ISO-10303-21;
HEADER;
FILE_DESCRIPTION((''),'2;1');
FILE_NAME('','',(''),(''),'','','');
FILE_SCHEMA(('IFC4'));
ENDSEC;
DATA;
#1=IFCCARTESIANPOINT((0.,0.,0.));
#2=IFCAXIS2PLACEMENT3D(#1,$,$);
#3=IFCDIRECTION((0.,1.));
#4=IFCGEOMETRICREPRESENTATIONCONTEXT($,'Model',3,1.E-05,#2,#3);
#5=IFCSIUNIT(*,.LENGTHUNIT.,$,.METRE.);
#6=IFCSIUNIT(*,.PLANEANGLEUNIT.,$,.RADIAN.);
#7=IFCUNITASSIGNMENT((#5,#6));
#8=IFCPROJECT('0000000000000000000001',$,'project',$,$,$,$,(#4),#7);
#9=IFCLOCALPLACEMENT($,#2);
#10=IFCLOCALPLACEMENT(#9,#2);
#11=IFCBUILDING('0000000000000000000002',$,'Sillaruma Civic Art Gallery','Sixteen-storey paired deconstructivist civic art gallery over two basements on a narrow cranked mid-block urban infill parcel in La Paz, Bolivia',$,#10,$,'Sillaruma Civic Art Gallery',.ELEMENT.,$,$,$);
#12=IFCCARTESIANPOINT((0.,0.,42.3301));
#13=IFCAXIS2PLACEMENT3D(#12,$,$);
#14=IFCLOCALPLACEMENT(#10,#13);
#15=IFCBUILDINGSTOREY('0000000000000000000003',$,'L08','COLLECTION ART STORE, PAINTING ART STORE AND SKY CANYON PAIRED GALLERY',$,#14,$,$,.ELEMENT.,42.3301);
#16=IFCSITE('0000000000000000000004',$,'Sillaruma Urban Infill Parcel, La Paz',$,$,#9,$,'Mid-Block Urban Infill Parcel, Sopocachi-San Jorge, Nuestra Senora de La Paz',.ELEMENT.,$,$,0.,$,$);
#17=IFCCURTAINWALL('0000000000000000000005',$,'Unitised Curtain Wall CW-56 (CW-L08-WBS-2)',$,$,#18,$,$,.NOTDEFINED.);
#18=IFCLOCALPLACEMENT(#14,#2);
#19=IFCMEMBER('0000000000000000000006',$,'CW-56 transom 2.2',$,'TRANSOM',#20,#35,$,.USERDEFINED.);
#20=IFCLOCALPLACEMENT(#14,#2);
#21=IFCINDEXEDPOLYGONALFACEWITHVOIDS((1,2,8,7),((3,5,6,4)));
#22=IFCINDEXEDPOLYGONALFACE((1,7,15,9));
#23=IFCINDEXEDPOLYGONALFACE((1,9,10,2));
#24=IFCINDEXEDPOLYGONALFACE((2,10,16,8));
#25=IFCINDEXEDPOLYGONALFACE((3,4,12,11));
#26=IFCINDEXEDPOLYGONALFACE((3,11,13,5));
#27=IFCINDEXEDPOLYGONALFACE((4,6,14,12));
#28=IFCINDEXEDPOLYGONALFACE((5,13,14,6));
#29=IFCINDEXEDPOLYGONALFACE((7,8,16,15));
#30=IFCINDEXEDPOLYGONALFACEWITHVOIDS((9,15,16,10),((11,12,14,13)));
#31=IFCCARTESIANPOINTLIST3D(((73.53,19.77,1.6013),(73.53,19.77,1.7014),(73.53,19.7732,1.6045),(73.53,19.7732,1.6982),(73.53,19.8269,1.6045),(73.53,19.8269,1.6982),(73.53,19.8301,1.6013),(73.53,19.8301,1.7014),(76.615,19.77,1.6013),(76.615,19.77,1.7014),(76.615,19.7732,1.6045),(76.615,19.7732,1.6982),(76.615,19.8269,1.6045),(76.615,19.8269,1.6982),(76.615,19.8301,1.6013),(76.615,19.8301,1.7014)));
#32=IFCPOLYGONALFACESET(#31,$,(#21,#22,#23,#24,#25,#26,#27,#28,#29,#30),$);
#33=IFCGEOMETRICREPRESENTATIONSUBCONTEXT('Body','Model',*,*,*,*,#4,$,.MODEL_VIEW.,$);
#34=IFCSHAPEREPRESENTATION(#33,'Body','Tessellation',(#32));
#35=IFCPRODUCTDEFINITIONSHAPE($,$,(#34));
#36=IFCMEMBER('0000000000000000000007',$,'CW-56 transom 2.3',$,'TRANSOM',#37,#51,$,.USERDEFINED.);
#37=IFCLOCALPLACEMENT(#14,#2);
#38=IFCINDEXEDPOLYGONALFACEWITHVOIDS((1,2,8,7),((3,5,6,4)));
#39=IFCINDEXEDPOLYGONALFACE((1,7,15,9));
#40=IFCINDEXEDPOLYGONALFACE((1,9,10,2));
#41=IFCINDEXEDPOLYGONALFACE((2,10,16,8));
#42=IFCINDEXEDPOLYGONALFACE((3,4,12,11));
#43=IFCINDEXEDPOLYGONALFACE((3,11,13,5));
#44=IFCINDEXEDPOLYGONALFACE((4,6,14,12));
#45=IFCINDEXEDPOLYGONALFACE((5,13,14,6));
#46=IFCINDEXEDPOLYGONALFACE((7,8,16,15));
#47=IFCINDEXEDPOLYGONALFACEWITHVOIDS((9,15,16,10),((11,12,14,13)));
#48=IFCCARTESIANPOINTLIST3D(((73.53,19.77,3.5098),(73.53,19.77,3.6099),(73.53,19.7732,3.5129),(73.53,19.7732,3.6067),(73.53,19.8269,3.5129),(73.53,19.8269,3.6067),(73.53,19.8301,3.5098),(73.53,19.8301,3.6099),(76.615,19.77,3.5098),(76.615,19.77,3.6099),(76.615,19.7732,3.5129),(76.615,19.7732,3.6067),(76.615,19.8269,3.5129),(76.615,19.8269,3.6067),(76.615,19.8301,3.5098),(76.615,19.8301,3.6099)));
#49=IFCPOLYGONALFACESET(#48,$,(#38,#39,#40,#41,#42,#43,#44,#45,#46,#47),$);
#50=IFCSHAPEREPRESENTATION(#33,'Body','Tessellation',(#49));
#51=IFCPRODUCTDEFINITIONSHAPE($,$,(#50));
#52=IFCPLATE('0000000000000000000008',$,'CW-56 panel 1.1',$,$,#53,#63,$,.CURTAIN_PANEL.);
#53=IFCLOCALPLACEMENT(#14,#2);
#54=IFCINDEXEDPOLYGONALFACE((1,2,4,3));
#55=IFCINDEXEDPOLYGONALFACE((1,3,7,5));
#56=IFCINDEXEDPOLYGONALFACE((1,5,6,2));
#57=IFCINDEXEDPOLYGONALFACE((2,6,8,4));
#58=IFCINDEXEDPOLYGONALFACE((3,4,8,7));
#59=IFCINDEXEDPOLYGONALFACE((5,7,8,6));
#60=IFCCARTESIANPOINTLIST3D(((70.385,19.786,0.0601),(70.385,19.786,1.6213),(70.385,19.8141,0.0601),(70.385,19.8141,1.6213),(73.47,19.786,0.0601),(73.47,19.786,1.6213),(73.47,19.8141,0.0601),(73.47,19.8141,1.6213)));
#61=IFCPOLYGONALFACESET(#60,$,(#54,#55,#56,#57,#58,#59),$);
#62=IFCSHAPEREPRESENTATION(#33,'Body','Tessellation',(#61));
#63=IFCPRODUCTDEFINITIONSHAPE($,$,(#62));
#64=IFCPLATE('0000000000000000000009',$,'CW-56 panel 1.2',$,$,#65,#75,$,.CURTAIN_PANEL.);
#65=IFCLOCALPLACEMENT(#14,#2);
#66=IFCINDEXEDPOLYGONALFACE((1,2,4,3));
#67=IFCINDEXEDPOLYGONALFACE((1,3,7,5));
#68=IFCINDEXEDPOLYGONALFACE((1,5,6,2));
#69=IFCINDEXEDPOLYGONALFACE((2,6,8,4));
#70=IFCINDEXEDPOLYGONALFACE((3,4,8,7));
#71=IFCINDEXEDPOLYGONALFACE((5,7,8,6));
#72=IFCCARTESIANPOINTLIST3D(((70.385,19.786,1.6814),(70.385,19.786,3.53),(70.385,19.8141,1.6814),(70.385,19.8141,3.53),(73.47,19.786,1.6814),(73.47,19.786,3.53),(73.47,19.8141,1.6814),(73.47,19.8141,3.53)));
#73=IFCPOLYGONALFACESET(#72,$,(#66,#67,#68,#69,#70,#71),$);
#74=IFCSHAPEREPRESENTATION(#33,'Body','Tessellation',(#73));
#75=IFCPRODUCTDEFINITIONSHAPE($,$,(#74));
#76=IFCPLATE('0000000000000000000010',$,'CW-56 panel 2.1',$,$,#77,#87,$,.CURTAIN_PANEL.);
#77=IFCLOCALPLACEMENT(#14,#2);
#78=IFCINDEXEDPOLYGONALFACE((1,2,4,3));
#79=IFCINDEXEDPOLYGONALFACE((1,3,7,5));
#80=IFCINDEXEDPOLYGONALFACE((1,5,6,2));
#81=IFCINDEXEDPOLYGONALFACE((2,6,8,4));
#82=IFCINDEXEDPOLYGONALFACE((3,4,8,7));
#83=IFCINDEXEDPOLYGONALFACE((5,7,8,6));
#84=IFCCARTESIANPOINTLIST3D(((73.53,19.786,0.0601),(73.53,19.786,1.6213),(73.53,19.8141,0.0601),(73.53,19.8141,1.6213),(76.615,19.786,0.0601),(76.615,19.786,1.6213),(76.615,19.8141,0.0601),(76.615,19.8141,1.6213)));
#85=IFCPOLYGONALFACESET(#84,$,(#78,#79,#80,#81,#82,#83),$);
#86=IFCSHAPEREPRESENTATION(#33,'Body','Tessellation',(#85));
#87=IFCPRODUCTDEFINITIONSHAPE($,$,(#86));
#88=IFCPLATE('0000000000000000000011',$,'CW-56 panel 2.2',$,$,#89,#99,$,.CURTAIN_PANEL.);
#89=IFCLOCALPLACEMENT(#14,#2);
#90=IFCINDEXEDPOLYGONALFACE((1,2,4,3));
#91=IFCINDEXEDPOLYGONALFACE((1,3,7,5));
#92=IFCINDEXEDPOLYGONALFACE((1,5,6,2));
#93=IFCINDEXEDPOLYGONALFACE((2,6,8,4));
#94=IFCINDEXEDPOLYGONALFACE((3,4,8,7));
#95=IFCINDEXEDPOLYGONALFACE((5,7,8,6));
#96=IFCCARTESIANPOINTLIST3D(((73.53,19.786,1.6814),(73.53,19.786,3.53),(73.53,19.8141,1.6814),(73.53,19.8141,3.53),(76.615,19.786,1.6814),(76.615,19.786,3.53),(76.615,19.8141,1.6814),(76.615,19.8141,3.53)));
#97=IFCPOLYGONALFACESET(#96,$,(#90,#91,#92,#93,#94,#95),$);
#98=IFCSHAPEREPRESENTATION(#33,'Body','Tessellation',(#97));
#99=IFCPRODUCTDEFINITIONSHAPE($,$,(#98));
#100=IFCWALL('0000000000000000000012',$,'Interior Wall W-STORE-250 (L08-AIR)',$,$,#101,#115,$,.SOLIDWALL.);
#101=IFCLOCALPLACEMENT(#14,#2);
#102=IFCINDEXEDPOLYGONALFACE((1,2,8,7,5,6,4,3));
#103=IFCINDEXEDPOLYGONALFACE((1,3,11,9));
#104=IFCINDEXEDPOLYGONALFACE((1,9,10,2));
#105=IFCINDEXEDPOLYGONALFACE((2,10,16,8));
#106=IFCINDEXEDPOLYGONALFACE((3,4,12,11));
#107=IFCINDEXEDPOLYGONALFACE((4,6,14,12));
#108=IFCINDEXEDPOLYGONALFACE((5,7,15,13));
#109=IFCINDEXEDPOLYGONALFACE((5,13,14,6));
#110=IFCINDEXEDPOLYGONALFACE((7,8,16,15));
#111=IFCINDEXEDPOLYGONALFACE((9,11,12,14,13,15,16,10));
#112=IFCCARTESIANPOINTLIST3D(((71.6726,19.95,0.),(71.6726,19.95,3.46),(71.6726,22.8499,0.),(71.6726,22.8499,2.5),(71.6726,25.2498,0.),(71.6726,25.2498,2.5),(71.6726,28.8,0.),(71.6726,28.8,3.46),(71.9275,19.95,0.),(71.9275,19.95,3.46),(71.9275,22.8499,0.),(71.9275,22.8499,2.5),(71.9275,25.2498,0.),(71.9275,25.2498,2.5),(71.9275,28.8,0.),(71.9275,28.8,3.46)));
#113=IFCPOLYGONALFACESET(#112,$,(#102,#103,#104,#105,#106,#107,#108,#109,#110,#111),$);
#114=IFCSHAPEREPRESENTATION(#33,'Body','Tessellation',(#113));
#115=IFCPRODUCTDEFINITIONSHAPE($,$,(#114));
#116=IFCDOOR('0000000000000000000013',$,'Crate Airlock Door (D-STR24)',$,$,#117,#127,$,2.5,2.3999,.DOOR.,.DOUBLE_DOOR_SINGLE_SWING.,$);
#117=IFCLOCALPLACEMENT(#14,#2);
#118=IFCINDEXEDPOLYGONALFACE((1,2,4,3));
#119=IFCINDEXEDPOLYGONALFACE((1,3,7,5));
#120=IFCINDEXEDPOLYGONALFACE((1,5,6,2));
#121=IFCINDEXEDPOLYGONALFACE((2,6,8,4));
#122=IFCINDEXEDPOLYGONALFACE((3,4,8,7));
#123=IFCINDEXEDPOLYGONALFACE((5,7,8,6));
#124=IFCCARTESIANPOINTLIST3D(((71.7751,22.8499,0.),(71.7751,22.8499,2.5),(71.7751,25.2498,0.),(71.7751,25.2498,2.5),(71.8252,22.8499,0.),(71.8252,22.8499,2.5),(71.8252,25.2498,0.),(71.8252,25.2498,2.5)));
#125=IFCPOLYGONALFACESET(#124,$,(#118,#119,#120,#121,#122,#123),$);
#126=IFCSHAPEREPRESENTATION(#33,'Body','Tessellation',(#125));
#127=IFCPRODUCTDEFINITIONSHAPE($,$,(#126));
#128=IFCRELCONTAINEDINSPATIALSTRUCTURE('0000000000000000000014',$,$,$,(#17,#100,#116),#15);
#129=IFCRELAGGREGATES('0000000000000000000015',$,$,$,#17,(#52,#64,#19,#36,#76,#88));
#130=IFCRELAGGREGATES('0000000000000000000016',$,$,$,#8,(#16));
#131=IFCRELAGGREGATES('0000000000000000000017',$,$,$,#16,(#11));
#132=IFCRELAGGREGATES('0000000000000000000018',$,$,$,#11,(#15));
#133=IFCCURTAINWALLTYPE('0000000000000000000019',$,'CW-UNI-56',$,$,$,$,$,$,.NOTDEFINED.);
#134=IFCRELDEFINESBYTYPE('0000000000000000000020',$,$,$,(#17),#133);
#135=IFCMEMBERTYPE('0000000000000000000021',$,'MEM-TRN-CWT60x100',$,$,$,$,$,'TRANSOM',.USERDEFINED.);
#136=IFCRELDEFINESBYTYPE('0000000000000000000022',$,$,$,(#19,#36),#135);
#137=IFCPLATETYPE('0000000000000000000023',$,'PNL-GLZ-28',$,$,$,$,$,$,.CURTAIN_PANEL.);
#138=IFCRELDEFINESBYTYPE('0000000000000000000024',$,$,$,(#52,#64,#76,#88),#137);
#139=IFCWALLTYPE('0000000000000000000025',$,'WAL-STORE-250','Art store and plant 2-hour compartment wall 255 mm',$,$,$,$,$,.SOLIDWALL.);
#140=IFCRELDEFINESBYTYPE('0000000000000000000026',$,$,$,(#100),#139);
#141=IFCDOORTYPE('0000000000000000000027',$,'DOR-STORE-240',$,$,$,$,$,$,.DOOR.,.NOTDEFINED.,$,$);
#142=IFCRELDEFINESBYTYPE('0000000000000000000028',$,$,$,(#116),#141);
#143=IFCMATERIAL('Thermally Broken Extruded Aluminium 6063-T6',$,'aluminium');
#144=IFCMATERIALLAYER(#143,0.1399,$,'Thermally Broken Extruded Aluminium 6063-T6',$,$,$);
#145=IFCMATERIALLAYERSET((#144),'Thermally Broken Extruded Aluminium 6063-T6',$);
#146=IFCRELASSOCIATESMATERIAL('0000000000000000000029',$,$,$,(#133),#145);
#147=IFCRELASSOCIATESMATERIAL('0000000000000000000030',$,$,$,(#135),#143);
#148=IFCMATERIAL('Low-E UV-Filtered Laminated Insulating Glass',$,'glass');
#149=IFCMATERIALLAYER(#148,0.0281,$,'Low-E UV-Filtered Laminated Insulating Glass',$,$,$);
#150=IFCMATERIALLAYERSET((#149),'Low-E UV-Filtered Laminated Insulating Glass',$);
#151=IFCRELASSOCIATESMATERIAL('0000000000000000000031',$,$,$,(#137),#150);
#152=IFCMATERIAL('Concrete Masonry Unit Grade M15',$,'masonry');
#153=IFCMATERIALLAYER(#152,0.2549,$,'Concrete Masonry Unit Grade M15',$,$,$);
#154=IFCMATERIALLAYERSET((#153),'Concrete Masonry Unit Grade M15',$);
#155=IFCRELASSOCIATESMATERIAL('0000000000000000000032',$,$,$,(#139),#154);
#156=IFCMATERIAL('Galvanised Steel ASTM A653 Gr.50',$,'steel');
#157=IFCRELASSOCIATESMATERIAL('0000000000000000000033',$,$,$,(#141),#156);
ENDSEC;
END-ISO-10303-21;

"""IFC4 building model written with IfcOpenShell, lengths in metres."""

from ifc_helpers import new_model, si_unit, direction, frame, frame_2d, origin, origin_2d, place, context, subcontext, project, spatial, rectangle, hollow_rectangle, extrude, material, layer, layer_set, material_profile, profile_set, type_object, element, fill, aggregate, save


model = new_model("IFC4")

# Units and contexts
model_context = context("Model", 3, precision=1e-05, world=origin(), true_north=direction((0.0, 1.0)))
body_context = subcontext(model_context, "Body", "Model", "MODEL_VIEW")
ifc_project = project(units=[si_unit("LENGTHUNIT", "METRE"), si_unit("PLANEANGLEUNIT", "RADIAN")], contexts=[model_context])

# Site, building, storey
site_placement = place(None, origin())
site = spatial("IfcSite", under=ifc_project, at=site_placement, Name="Sillaruma Urban Infill Parcel, La Paz", LongName="Mid-Block Urban Infill Parcel, Sopocachi-San Jorge, Nuestra Senora de La Paz", CompositionType="ELEMENT", RefElevation=0.0)
building_placement = place(site_placement, origin())
building = spatial("IfcBuilding", under=site, at=building_placement, Name="Sillaruma Civic Art Gallery", Description="Sixteen-storey paired deconstructivist civic art gallery over two basements on a narrow cranked mid-block urban infill parcel in La Paz, Bolivia", LongName="Sillaruma Civic Art Gallery", CompositionType="ELEMENT")
storey_placement = place(building_placement, frame((0.0, 0.0, 42.3301)))
storey = spatial("IfcBuildingStorey", under=building, at=storey_placement, Name="L08", Description="COLLECTION ART STORE, PAINTING ART STORE AND SKY CANYON PAIRED GALLERY", CompositionType="ELEMENT", Elevation=42.3301)

# Curtain wall, members, plates
ifc_material_1 = material(Name="Thermally Broken Extruded Aluminium 6063-T6", Category="aluminium")
ifc_layer_1 = layer(ifc_material_1, 0.1399, Name="Thermally Broken Extruded Aluminium 6063-T6")
ifc_layer_set_1 = layer_set([ifc_layer_1], Name="Thermally Broken Extruded Aluminium 6063-T6")
curtain_wall_type = type_object("IfcCurtainWallType", Name="CW-UNI-56", PredefinedType="NOTDEFINED", material=ifc_layer_set_1)
curtain_wall_placement = place(storey_placement, origin())
curtain_wall = element("IfcCurtainWall", 1, at=curtain_wall_placement, inside=storey, type_object=curtain_wall_type, Name="Unitised Curtain Wall CW-56 (CW-L08-WBS-2)", PredefinedType="NOTDEFINED")
ifc_material_profile_1 = material_profile(ifc_material_1, hollow_rectangle(XDim=0.0601, YDim=0.1001, WallThickness=0.0032, at=origin_2d()), Name="CWT60x100")
ifc_profile_set_1 = profile_set([ifc_material_profile_1], Name="Thermally Broken Extruded Aluminium 6063-T6")
member_type_1 = type_object("IfcMemberType", Name="MEM-TRN-CWT60x100", ElementType="TRANSOM", PredefinedType="USERDEFINED", material=ifc_profile_set_1)
member_1_placement = place(storey_placement, frame((73.53, 19.8, 1.6514), z_axis=(1.0, 0.0, 0.0), x_axis=(0.0, 1.0, 0.0)))
member_1 = element("IfcMember", 2, at=member_1_placement, type_object=member_type_1, Name="CW-56 transom 2.2", ObjectType="TRANSOM", PredefinedType="USERDEFINED", context=body_context, shape_type="SweptSolid", body=[
    extrude(hollow_rectangle(XDim=0.0601, YDim=0.1001, WallThickness=0.0032, at=origin_2d()), origin(), (0.0, 0.0, 1.0), 3.085),
])
member_2_placement = place(storey_placement, frame((73.53, 19.8, 3.5598), z_axis=(1.0, 0.0, 0.0), x_axis=(0.0, 1.0, 0.0)))
member_2 = element("IfcMember", 3, at=member_2_placement, type_object=member_type_1, Name="CW-56 transom 2.3", ObjectType="TRANSOM", PredefinedType="USERDEFINED", context=body_context, shape_type="SweptSolid", body=[
    extrude(hollow_rectangle(XDim=0.0601, YDim=0.1001, WallThickness=0.0032, at=origin_2d()), origin(), (0.0, 0.0, 1.0), 3.085),
])
ifc_material_2 = material(Name="Low-E UV-Filtered Laminated Insulating Glass", Category="glass")
ifc_layer_2 = layer(ifc_material_2, 0.0281, Name="Low-E UV-Filtered Laminated Insulating Glass")
ifc_layer_set_2 = layer_set([ifc_layer_2], Name="Low-E UV-Filtered Laminated Insulating Glass")
plate_type = type_object("IfcPlateType", Name="PNL-GLZ-28", PredefinedType="CURTAIN_PANEL", material=ifc_layer_set_2)
plate_1_placement = place(storey_placement, frame((71.9275, 19.8, 0.0601), z_axis=(0.0, 0.0, 1.0), x_axis=(1.0, 0.0, 0.0)))
plate_1 = element("IfcPlate", 4, at=plate_1_placement, type_object=plate_type, Name="CW-56 panel 1.1", PredefinedType="CURTAIN_PANEL", context=body_context, shape_type="SweptSolid", body=[
    extrude(rectangle(XDim=3.085, YDim=0.0281, at=origin_2d()), origin(), (0.0, 0.0, 1.0), 1.5613),
])
plate_2_placement = place(storey_placement, frame((71.9275, 19.8, 1.6814), z_axis=(0.0, 0.0, 1.0), x_axis=(1.0, 0.0, 0.0)))
plate_2 = element("IfcPlate", 5, at=plate_2_placement, type_object=plate_type, Name="CW-56 panel 1.2", PredefinedType="CURTAIN_PANEL", context=body_context, shape_type="SweptSolid", body=[
    extrude(rectangle(XDim=3.085, YDim=0.0281, at=origin_2d()), origin(), (0.0, 0.0, 1.0), 1.8486),
])
plate_3_placement = place(storey_placement, frame((75.0725, 19.8, 0.0601), z_axis=(0.0, 0.0, 1.0), x_axis=(1.0, 0.0, 0.0)))
plate_3 = element("IfcPlate", 6, at=plate_3_placement, type_object=plate_type, Name="CW-56 panel 2.1", PredefinedType="CURTAIN_PANEL", context=body_context, shape_type="SweptSolid", body=[
    extrude(rectangle(XDim=3.085, YDim=0.0281, at=origin_2d()), origin(), (0.0, 0.0, 1.0), 1.5613),
])
plate_4_placement = place(storey_placement, frame((75.0725, 19.8, 1.6814), z_axis=(0.0, 0.0, 1.0), x_axis=(1.0, 0.0, 0.0)))
plate_4 = element("IfcPlate", 7, at=plate_4_placement, type_object=plate_type, Name="CW-56 panel 2.2", PredefinedType="CURTAIN_PANEL", context=body_context, shape_type="SweptSolid", body=[
    extrude(rectangle(XDim=3.085, YDim=0.0281, at=origin_2d()), origin(), (0.0, 0.0, 1.0), 1.8486),
])
aggregate(curtain_wall, [plate_1, plate_2, member_1, member_2, plate_3, plate_4])

# Wall, opening, door
ifc_material_3 = material(Name="Galvanised Steel ASTM A653 Gr.50", Category="steel")
ifc_material_4 = material(Name="Concrete Masonry Unit Grade M15", Category="masonry")
ifc_layer_3 = layer(ifc_material_4, 0.2549, Name="Concrete Masonry Unit Grade M15")
ifc_layer_set_3 = layer_set([ifc_layer_3], Name="Concrete Masonry Unit Grade M15")
wall_type_1 = type_object("IfcWallType", Name="WAL-STORE-250", Description="Art store and plant 2-hour compartment wall 255 mm", PredefinedType="SOLIDWALL", material=ifc_layer_set_3)
wall_1_placement = place(storey_placement, frame((71.8, 19.95, 0.0), z_axis=(0.0, 0.0, 1.0), x_axis=(0.0, 1.0, 0.0)))
wall_1 = element("IfcWall", 8, at=wall_1_placement, inside=storey, type_object=wall_type_1, Name="Interior Wall W-STORE-250 (L08-AIR)", PredefinedType="SOLIDWALL", context=body_context, shape_type="SweptSolid", body=[
    extrude(rectangle(XDim=8.8501, YDim=0.2549, at=frame_2d((4.425, 0.0))), origin(), (0.0, 0.0, 1.0), 3.46),
])
opening_1_placement = place(wall_1_placement, frame((2.8999, 0.0, 0.0)))
opening_1 = element("IfcOpeningElement", 9, at=opening_1_placement, cuts=wall_1, PredefinedType="OPENING", context=body_context, shape_type="SweptSolid", body=[
    extrude(rectangle(XDim=2.3999, YDim=2.5, at=frame_2d((1.2, 1.25))), frame((0.0, 0.1375, 0.0), z_axis=(0.0, -1.0, 0.0), x_axis=(1.0, 0.0, 0.0)), (0.0, 0.0, 1.0), 0.2749),
])
door_type_1 = type_object("IfcDoorType", Name="DOR-STORE-240", OperationType="NOTDEFINED", PredefinedType="DOOR", material=ifc_material_3)
door_1_placement = place(opening_1_placement, origin())
door_1 = element("IfcDoor", 10, at=door_1_placement, inside=storey, type_object=door_type_1, Name="Crate Airlock Door (D-STR24)", OperationType="DOUBLE_DOOR_SINGLE_SWING", OverallHeight=2.5, OverallWidth=2.3999, PredefinedType="DOOR", context=body_context, shape_type="SweptSolid", body=[
    extrude(rectangle(XDim=2.3999, YDim=2.5, at=frame_2d((1.2, 1.25))), frame((0.0, 0.0249, 0.0), z_axis=(0.0, -1.0, 0.0), x_axis=(1.0, 0.0, 0.0)), (0.0, 0.0, 1.0), 0.05),
])
fill(opening_1, door_1)

save(model, "model.ifc")
